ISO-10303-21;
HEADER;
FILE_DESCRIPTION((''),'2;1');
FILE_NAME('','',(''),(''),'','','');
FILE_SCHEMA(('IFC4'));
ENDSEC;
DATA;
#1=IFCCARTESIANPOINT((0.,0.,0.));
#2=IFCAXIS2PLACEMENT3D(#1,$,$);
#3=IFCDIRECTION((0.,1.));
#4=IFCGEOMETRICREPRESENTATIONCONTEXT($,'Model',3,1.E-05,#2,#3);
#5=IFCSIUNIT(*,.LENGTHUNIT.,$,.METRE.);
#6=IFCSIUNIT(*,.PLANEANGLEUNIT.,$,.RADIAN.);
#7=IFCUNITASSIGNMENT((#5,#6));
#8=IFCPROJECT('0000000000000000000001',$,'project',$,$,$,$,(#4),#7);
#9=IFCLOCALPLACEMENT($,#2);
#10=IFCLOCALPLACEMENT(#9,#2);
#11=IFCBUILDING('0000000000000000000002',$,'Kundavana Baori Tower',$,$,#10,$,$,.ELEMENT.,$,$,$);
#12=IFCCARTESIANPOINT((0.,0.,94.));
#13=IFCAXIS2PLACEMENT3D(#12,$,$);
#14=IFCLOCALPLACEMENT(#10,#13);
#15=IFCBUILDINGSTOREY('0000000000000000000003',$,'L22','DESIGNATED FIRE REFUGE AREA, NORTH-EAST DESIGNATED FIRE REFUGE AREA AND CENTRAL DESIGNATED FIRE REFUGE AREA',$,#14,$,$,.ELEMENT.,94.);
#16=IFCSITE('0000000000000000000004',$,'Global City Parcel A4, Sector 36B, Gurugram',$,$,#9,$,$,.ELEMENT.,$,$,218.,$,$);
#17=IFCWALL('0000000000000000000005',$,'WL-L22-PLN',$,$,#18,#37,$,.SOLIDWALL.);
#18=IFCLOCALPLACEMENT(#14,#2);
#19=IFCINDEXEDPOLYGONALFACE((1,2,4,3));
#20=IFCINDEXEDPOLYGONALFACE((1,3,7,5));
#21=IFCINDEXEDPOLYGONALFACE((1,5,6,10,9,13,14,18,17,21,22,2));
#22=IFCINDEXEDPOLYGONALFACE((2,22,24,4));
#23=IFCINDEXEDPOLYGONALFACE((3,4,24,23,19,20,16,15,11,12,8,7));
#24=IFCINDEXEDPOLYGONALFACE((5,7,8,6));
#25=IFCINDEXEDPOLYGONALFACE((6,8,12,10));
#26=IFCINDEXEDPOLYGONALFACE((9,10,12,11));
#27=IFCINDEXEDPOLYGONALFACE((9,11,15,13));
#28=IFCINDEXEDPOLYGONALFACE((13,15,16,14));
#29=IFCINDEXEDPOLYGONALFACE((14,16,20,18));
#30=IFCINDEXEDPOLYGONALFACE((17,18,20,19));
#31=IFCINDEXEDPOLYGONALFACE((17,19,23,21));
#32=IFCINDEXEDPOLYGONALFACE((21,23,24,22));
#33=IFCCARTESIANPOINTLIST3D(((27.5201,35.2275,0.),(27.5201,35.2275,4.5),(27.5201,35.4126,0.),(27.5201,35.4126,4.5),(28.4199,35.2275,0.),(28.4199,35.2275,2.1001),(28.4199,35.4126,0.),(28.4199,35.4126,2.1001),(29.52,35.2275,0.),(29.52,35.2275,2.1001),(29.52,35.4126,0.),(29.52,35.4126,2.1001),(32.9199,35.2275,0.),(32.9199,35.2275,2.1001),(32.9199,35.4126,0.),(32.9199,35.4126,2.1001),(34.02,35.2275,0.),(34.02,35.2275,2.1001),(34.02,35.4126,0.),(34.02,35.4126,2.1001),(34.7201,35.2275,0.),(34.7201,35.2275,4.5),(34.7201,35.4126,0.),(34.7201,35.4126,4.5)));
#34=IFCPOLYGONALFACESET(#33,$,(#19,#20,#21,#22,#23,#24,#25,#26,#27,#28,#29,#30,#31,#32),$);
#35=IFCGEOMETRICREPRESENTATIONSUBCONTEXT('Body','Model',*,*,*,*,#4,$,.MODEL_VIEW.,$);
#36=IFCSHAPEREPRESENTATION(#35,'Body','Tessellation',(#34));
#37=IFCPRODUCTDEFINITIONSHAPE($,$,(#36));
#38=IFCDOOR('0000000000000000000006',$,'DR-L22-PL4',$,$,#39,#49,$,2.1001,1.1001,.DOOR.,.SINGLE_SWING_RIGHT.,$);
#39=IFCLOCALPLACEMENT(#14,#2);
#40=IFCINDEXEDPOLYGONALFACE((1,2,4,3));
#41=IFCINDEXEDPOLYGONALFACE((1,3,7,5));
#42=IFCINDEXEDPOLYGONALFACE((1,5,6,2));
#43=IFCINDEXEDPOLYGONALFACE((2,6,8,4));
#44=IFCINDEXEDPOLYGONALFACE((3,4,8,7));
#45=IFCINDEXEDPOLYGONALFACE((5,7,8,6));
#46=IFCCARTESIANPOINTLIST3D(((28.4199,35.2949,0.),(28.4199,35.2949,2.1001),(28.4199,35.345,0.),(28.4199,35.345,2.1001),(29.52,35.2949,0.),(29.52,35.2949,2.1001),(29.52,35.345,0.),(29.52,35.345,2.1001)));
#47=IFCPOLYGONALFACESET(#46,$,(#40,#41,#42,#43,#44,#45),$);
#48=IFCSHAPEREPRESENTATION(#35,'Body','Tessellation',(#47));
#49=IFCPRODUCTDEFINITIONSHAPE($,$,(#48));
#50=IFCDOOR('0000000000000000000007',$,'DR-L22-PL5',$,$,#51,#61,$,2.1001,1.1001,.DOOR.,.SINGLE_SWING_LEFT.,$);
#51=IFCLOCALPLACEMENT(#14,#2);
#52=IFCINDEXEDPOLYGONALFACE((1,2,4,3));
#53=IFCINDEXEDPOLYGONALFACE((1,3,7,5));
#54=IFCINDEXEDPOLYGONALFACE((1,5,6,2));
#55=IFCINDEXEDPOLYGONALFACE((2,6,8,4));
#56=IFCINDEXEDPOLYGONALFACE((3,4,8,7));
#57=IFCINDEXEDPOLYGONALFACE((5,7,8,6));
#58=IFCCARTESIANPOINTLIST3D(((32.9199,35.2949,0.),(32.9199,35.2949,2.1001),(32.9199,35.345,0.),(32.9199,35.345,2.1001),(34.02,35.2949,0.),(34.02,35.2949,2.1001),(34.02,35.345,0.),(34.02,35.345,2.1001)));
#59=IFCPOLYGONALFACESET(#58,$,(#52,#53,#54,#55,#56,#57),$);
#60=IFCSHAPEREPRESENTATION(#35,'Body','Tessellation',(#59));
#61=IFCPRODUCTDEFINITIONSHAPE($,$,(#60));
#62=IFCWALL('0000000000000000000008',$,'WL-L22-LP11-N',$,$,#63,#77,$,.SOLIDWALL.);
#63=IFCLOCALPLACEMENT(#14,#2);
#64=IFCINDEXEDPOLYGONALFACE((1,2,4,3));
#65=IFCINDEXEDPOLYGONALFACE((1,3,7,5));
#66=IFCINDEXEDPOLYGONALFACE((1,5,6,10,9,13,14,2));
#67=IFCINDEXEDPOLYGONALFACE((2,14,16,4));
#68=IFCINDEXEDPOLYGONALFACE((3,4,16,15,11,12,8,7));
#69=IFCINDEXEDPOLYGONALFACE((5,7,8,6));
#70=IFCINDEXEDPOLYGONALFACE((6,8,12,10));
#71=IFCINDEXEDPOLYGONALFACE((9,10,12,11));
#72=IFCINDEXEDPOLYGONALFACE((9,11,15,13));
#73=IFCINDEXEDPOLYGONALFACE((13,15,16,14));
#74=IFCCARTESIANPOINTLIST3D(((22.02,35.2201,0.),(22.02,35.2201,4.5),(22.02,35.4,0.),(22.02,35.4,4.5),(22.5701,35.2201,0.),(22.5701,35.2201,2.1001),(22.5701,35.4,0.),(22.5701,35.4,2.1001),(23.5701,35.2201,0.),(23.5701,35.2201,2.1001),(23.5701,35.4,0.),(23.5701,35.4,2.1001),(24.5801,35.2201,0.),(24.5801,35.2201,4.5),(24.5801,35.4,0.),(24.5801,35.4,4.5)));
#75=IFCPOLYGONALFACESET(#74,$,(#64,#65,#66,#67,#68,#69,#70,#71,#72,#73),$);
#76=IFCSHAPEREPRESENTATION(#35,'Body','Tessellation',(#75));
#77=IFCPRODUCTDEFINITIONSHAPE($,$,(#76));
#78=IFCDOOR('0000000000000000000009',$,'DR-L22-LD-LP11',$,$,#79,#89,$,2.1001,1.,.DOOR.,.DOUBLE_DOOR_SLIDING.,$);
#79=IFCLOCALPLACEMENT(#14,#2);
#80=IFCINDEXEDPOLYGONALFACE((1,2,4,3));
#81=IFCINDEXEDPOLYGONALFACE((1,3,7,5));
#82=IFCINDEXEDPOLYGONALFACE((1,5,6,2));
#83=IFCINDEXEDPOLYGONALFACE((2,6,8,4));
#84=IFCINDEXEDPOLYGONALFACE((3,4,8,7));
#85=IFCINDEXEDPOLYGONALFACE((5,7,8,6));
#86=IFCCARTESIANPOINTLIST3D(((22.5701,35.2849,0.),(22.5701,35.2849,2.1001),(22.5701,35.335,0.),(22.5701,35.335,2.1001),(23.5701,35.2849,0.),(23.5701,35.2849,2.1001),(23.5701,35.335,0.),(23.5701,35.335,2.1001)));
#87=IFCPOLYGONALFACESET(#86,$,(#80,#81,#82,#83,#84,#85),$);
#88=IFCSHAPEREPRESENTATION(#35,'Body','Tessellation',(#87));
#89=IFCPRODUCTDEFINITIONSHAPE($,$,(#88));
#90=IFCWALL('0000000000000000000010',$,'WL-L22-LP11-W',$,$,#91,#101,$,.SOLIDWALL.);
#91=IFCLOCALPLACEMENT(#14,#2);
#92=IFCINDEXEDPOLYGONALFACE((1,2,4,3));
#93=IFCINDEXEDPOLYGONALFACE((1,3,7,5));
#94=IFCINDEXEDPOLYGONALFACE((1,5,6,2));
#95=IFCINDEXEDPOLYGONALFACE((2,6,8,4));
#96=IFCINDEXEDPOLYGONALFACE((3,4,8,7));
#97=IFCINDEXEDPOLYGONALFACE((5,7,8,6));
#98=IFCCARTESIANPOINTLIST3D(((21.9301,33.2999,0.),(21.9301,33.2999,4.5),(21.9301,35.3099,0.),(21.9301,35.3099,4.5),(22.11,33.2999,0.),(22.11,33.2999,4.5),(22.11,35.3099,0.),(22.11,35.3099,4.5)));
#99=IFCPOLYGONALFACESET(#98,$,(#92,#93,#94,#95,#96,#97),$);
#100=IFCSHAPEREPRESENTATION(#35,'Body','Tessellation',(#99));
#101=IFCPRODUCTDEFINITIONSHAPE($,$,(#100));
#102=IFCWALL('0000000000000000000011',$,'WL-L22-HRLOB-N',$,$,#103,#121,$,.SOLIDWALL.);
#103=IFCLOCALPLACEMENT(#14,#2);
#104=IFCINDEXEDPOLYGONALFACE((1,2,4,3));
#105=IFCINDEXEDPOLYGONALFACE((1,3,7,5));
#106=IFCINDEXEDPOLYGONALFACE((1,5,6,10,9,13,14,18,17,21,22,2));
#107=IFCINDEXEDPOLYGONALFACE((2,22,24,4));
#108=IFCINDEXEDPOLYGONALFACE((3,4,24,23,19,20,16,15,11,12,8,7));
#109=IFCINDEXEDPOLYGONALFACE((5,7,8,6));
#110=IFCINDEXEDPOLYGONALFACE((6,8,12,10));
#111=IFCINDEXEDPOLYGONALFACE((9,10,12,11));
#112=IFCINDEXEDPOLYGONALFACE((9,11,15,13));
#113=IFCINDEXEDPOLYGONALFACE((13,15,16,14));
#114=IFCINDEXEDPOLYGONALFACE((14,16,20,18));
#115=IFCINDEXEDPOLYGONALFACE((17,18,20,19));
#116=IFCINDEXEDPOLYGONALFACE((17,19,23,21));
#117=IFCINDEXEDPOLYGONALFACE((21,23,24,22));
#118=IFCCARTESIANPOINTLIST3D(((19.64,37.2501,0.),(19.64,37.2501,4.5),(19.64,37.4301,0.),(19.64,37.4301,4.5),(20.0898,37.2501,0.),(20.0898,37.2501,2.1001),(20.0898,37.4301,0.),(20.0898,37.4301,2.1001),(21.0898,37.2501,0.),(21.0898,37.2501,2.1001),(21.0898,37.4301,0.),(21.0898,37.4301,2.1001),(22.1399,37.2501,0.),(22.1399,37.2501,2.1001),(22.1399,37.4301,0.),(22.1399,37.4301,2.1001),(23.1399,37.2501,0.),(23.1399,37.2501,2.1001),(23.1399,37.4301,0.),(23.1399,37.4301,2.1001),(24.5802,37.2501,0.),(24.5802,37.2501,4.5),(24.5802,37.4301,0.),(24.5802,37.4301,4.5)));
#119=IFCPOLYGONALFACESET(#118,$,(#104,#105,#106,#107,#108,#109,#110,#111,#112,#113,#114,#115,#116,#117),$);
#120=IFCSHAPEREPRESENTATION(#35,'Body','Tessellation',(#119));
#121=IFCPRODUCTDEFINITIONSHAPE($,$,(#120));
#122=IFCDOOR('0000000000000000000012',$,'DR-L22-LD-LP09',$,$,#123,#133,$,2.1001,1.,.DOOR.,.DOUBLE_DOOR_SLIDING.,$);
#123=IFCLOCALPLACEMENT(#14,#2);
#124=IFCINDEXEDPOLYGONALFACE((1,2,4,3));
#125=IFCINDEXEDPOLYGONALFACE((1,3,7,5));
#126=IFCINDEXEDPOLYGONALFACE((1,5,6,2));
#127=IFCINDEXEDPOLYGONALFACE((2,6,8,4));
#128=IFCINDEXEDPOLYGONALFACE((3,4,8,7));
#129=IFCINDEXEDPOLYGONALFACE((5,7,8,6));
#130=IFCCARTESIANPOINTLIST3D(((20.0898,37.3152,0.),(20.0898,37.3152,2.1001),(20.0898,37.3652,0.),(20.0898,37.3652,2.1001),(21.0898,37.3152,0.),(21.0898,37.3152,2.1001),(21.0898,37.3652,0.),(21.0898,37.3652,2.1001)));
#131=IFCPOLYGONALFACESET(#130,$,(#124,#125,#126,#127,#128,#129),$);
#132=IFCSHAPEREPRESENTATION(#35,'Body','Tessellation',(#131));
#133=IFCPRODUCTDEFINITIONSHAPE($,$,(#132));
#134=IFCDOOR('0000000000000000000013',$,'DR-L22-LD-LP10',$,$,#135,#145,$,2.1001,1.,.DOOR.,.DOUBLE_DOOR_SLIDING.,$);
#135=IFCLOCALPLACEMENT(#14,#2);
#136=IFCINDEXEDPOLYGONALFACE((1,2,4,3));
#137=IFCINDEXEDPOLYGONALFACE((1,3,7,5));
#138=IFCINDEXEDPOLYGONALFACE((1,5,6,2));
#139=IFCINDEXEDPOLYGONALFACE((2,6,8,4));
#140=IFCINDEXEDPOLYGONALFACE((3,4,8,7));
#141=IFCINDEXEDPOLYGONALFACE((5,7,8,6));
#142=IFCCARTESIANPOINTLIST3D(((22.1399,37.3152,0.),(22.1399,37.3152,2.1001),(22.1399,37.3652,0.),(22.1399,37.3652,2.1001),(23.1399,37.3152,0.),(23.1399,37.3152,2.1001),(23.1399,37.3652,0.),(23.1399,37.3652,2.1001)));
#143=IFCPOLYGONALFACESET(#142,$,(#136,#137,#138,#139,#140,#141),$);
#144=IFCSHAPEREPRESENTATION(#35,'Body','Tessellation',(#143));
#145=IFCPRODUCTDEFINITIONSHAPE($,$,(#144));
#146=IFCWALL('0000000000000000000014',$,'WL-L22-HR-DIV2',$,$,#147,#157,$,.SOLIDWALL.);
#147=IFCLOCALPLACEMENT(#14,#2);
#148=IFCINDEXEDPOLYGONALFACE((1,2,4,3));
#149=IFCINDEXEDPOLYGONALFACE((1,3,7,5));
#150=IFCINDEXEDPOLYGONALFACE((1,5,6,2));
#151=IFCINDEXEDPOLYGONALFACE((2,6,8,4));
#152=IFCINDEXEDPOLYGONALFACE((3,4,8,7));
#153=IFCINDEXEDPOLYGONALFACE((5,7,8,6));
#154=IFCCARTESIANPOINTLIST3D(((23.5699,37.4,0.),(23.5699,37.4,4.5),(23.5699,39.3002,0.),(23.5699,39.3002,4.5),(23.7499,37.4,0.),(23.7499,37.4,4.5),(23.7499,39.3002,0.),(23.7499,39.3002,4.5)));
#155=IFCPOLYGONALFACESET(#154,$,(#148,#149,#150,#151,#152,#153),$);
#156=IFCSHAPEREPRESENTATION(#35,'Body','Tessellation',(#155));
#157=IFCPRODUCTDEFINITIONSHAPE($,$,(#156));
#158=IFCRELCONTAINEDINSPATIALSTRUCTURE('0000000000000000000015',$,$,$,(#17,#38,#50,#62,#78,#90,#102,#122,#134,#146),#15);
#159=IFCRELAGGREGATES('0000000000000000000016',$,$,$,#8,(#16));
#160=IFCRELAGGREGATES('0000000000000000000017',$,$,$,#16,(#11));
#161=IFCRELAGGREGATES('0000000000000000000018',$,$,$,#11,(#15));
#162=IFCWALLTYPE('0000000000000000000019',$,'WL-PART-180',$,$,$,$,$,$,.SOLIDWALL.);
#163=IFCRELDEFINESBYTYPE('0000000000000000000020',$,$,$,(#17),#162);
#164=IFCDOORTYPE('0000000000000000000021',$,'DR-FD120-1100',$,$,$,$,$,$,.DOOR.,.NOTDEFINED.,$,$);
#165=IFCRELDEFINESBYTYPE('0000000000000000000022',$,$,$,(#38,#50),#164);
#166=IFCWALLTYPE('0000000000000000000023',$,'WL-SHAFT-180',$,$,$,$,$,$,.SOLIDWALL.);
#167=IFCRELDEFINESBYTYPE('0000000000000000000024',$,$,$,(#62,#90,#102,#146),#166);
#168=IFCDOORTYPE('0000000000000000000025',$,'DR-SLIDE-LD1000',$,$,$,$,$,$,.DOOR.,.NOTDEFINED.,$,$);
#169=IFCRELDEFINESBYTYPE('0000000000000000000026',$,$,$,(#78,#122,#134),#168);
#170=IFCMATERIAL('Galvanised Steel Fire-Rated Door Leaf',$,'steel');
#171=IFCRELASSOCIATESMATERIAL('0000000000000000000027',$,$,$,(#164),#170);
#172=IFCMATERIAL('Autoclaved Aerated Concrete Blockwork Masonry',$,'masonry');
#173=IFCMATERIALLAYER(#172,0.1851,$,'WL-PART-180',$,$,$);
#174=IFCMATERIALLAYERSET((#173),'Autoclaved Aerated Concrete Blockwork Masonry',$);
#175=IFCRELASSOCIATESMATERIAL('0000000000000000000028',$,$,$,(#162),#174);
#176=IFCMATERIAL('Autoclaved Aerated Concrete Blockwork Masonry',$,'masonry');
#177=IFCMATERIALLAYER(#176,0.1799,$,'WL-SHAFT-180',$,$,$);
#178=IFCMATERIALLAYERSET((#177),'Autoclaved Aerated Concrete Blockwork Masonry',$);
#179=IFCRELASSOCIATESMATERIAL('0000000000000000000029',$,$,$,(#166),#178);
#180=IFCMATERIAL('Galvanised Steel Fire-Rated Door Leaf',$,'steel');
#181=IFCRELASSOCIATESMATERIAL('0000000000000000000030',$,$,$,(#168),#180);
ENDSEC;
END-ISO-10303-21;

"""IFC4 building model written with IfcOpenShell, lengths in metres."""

from ifc_helpers import new_model, si_unit, direction, frame, frame_2d, origin, place, context, subcontext, project, spatial, rectangle, extrude, material, layer, layer_set, type_object, element, fill, save


model = new_model("IFC4")

# Units and contexts
model_context = context("Model", 3, precision=1e-05, world=origin(), true_north=direction((0.0, 1.0)))
body_context = subcontext(model_context, "Body", "Model", "MODEL_VIEW")
ifc_project = project(units=[si_unit("LENGTHUNIT", "METRE"), si_unit("PLANEANGLEUNIT", "RADIAN")], contexts=[model_context])

# Site, building, storey
site_placement = place(None, origin())
site = spatial("IfcSite", under=ifc_project, at=site_placement, Name="Global City Parcel A4, Sector 36B, Gurugram", CompositionType="ELEMENT", RefElevation=218.0)
building_placement = place(site_placement, origin())
building = spatial("IfcBuilding", under=site, at=building_placement, Name="Kundavana Baori Tower", CompositionType="ELEMENT")
storey_placement = place(building_placement, frame((0.0, 0.0, 94.0)))
storey = spatial("IfcBuildingStorey", under=building, at=storey_placement, Name="L22", Description="DESIGNATED FIRE REFUGE AREA, NORTH-EAST DESIGNATED FIRE REFUGE AREA AND CENTRAL DESIGNATED FIRE REFUGE AREA", CompositionType="ELEMENT", Elevation=94.0)

# Shared definitions
ifc_material_1 = material(Name="Galvanised Steel Fire-Rated Door Leaf", Category="steel")
door_type_1 = type_object("IfcDoorType", Name="DR-FD120-1100", OperationType="NOTDEFINED", PredefinedType="DOOR", material=ifc_material_1)

# Wall, openings, doors
ifc_material_2 = material(Name="Autoclaved Aerated Concrete Blockwork Masonry", Category="masonry")
ifc_layer_1 = layer(ifc_material_2, 0.1851, Name="WL-PART-180")
ifc_layer_set_1 = layer_set([ifc_layer_1], Name="Autoclaved Aerated Concrete Blockwork Masonry")
wall_type_1 = type_object("IfcWallType", Name="WL-PART-180", PredefinedType="SOLIDWALL", material=ifc_layer_set_1)
wall_1_placement = place(storey_placement, frame((27.52, 35.3201, 0.0), z_axis=(0.0, 0.0, 1.0), x_axis=(1.0, 0.0, 0.0)))
wall_1 = element("IfcWall", 1, at=wall_1_placement, inside=storey, type_object=wall_type_1, Name="WL-L22-PLN", PredefinedType="SOLIDWALL", context=body_context, shape_type="SweptSolid", body=[
    extrude(rectangle(XDim=7.2, YDim=0.1851, at=frame_2d((3.6001, 0.0))), origin(), (0.0, 0.0, 1.0), 4.5),
])
opening_1_placement = place(wall_1_placement, frame((0.8999, 0.0, 0.0)))
opening_1 = element("IfcOpeningElement", 2, at=opening_1_placement, cuts=wall_1, PredefinedType="OPENING", context=body_context, shape_type="SweptSolid", body=[
    extrude(rectangle(XDim=1.1001, YDim=2.1001, at=frame_2d((0.55, 1.05))), frame((0.0, 0.1025, 0.0), z_axis=(0.0, -1.0, 0.0), x_axis=(1.0, 0.0, 0.0)), (0.0, 0.0, 1.0), 0.2051),
])
opening_2_placement = place(wall_1_placement, frame((5.3999, 0.0, 0.0)))
opening_2 = element("IfcOpeningElement", 3, at=opening_2_placement, cuts=wall_1, PredefinedType="OPENING", context=body_context, shape_type="SweptSolid", body=[
    extrude(rectangle(XDim=1.1001, YDim=2.1001, at=frame_2d((0.55, 1.05))), frame((0.0, 0.1025, 0.0), z_axis=(0.0, -1.0, 0.0), x_axis=(1.0, 0.0, 0.0)), (0.0, 0.0, 1.0), 0.2051),
])
door_1_placement = place(opening_1_placement, origin())
door_1 = element("IfcDoor", 4, at=door_1_placement, inside=storey, type_object=door_type_1, Name="DR-L22-PL4", OperationType="SINGLE_SWING_RIGHT", OverallHeight=2.1001, OverallWidth=1.1001, PredefinedType="DOOR", context=body_context, shape_type="SweptSolid", body=[
    extrude(rectangle(XDim=1.1001, YDim=2.1001, at=frame_2d((0.55, 1.05))), frame((0.0, 0.0249, 0.0), z_axis=(0.0, -1.0, 0.0), x_axis=(1.0, 0.0, 0.0)), (0.0, 0.0, 1.0), 0.05),
])
fill(opening_1, door_1)
door_2_placement = place(opening_2_placement, origin())
door_2 = element("IfcDoor", 5, at=door_2_placement, inside=storey, type_object=door_type_1, Name="DR-L22-PL5", OperationType="SINGLE_SWING_LEFT", OverallHeight=2.1001, OverallWidth=1.1001, PredefinedType="DOOR", context=body_context, shape_type="SweptSolid", body=[
    extrude(rectangle(XDim=1.1001, YDim=2.1001, at=frame_2d((0.55, 1.05))), frame((0.0, 0.0249, 0.0), z_axis=(0.0, -1.0, 0.0), x_axis=(1.0, 0.0, 0.0)), (0.0, 0.0, 1.0), 0.05),
])
fill(opening_2, door_2)

# Wall, opening, door
ifc_material_3 = material(Name="Autoclaved Aerated Concrete Blockwork Masonry", Category="masonry")
ifc_layer_2 = layer(ifc_material_3, 0.1799, Name="WL-SHAFT-180")
ifc_layer_set_2 = layer_set([ifc_layer_2], Name="Autoclaved Aerated Concrete Blockwork Masonry")
wall_type_2 = type_object("IfcWallType", Name="WL-SHAFT-180", PredefinedType="SOLIDWALL", material=ifc_layer_set_2)
wall_2_placement = place(storey_placement, frame((22.02, 35.3101, 0.0), z_axis=(0.0, 0.0, 1.0), x_axis=(1.0, 0.0, 0.0)))
wall_2 = element("IfcWall", 6, at=wall_2_placement, inside=storey, type_object=wall_type_2, Name="WL-L22-LP11-N", PredefinedType="SOLIDWALL", context=body_context, shape_type="SweptSolid", body=[
    extrude(rectangle(XDim=2.5601, YDim=0.1799, at=frame_2d((1.28, 0.0))), origin(), (0.0, 0.0, 1.0), 4.5),
])
opening_3_placement = place(wall_2_placement, frame((0.55, 0.0, 0.0)))
opening_3 = element("IfcOpeningElement", 7, at=opening_3_placement, cuts=wall_2, PredefinedType="OPENING", context=body_context, shape_type="SweptSolid", body=[
    extrude(rectangle(XDim=1.0, YDim=2.1001, at=frame_2d((0.5, 1.05))), frame((0.0, 0.1001, 0.0), z_axis=(0.0, -1.0, 0.0), x_axis=(1.0, 0.0, 0.0)), (0.0, 0.0, 1.0), 0.2),
])
ifc_material_4 = material(Name="Galvanised Steel Fire-Rated Door Leaf", Category="steel")
door_type_2 = type_object("IfcDoorType", Name="DR-SLIDE-LD1000", OperationType="NOTDEFINED", PredefinedType="DOOR", material=ifc_material_4)
door_3_placement = place(opening_3_placement, origin())
door_3 = element("IfcDoor", 8, at=door_3_placement, inside=storey, type_object=door_type_2, Name="DR-L22-LD-LP11", OperationType="DOUBLE_DOOR_SLIDING", OverallHeight=2.1001, OverallWidth=1.0, PredefinedType="DOOR", context=body_context, shape_type="SweptSolid", body=[
    extrude(rectangle(XDim=1.0, YDim=2.1001, at=frame_2d((0.5, 1.05))), frame((0.0, 0.0249, 0.0), z_axis=(0.0, -1.0, 0.0), x_axis=(1.0, 0.0, 0.0)), (0.0, 0.0, 1.0), 0.05),
])
fill(opening_3, door_3)

# Wall
wall_3_placement = place(storey_placement, frame((22.02, 33.3, 0.0), z_axis=(0.0, 0.0, 1.0), x_axis=(0.0, 1.0, 0.0)))
element("IfcWall", 9, at=wall_3_placement, inside=storey, type_object=wall_type_2, Name="WL-L22-LP11-W", PredefinedType="SOLIDWALL", context=body_context, shape_type="SweptSolid", body=[
    extrude(rectangle(XDim=2.01, YDim=0.1799, at=frame_2d((1.0049, 0.0))), origin(), (0.0, 0.0, 1.0), 4.5),
])

# Wall, openings, doors
wall_4_placement = place(storey_placement, frame((19.6399, 37.3401, 0.0), z_axis=(0.0, 0.0, 1.0), x_axis=(1.0, 0.0, 0.0)))
wall_4 = element("IfcWall", 10, at=wall_4_placement, inside=storey, type_object=wall_type_2, Name="WL-L22-HRLOB-N", PredefinedType="SOLIDWALL", context=body_context, shape_type="SweptSolid", body=[
    extrude(rectangle(XDim=4.9402, YDim=0.1799, at=frame_2d((2.4702, 0.0))), origin(), (0.0, 0.0, 1.0), 4.5),
])
opening_4_placement = place(wall_4_placement, frame((0.45, 0.0, 0.0)))
opening_4 = element("IfcOpeningElement", 11, at=opening_4_placement, cuts=wall_4, PredefinedType="OPENING", context=body_context, shape_type="SweptSolid", body=[
    extrude(rectangle(XDim=1.0, YDim=2.1001, at=frame_2d((0.5, 1.05))), frame((0.0, 0.1001, 0.0), z_axis=(0.0, -1.0, 0.0), x_axis=(1.0, 0.0, 0.0)), (0.0, 0.0, 1.0), 0.2),
])
opening_5_placement = place(wall_4_placement, frame((2.5, 0.0, 0.0)))
opening_5 = element("IfcOpeningElement", 12, at=opening_5_placement, cuts=wall_4, PredefinedType="OPENING", context=body_context, shape_type="SweptSolid", body=[
    extrude(rectangle(XDim=1.0, YDim=2.1001, at=frame_2d((0.5, 1.05))), frame((0.0, 0.1001, 0.0), z_axis=(0.0, -1.0, 0.0), x_axis=(1.0, 0.0, 0.0)), (0.0, 0.0, 1.0), 0.2),
])
door_4_placement = place(opening_4_placement, frame((1.0, 0.0, 0.0), z_axis=(0.0, 0.0, 1.0), x_axis=(-1.0, 0.0, 0.0)))
door_4 = element("IfcDoor", 13, at=door_4_placement, inside=storey, type_object=door_type_2, Name="DR-L22-LD-LP09", OperationType="DOUBLE_DOOR_SLIDING", OverallHeight=2.1001, OverallWidth=1.0, PredefinedType="DOOR", context=body_context, shape_type="SweptSolid", body=[
    extrude(rectangle(XDim=1.0, YDim=2.1001, at=frame_2d((0.5, 1.05))), frame((0.0, 0.0249, 0.0), z_axis=(0.0, -1.0, 0.0), x_axis=(1.0, 0.0, 0.0)), (0.0, 0.0, 1.0), 0.05),
])
fill(opening_4, door_4)
door_5_placement = place(opening_5_placement, frame((1.0, 0.0, 0.0), z_axis=(0.0, 0.0, 1.0), x_axis=(-1.0, 0.0, 0.0)))
door_5 = element("IfcDoor", 14, at=door_5_placement, inside=storey, type_object=door_type_2, Name="DR-L22-LD-LP10", OperationType="DOUBLE_DOOR_SLIDING", OverallHeight=2.1001, OverallWidth=1.0, PredefinedType="DOOR", context=body_context, shape_type="SweptSolid", body=[
    extrude(rectangle(XDim=1.0, YDim=2.1001, at=frame_2d((0.5, 1.05))), frame((0.0, 0.0249, 0.0), z_axis=(0.0, -1.0, 0.0), x_axis=(1.0, 0.0, 0.0)), (0.0, 0.0, 1.0), 0.05),
])
fill(opening_5, door_5)

# Wall
wall_5_placement = place(storey_placement, frame((23.6599, 37.3999, 0.0), z_axis=(0.0, 0.0, 1.0), x_axis=(0.0, 1.0, 0.0)))
element("IfcWall", 15, at=wall_5_placement, inside=storey, type_object=wall_type_2, Name="WL-L22-HR-DIV2", PredefinedType="SOLIDWALL", context=body_context, shape_type="SweptSolid", body=[
    extrude(rectangle(XDim=1.9001, YDim=0.1799, at=frame_2d((0.9502, 0.0))), origin(), (0.0, 0.0, 1.0), 4.5),
])

save(model, "model.ifc")
